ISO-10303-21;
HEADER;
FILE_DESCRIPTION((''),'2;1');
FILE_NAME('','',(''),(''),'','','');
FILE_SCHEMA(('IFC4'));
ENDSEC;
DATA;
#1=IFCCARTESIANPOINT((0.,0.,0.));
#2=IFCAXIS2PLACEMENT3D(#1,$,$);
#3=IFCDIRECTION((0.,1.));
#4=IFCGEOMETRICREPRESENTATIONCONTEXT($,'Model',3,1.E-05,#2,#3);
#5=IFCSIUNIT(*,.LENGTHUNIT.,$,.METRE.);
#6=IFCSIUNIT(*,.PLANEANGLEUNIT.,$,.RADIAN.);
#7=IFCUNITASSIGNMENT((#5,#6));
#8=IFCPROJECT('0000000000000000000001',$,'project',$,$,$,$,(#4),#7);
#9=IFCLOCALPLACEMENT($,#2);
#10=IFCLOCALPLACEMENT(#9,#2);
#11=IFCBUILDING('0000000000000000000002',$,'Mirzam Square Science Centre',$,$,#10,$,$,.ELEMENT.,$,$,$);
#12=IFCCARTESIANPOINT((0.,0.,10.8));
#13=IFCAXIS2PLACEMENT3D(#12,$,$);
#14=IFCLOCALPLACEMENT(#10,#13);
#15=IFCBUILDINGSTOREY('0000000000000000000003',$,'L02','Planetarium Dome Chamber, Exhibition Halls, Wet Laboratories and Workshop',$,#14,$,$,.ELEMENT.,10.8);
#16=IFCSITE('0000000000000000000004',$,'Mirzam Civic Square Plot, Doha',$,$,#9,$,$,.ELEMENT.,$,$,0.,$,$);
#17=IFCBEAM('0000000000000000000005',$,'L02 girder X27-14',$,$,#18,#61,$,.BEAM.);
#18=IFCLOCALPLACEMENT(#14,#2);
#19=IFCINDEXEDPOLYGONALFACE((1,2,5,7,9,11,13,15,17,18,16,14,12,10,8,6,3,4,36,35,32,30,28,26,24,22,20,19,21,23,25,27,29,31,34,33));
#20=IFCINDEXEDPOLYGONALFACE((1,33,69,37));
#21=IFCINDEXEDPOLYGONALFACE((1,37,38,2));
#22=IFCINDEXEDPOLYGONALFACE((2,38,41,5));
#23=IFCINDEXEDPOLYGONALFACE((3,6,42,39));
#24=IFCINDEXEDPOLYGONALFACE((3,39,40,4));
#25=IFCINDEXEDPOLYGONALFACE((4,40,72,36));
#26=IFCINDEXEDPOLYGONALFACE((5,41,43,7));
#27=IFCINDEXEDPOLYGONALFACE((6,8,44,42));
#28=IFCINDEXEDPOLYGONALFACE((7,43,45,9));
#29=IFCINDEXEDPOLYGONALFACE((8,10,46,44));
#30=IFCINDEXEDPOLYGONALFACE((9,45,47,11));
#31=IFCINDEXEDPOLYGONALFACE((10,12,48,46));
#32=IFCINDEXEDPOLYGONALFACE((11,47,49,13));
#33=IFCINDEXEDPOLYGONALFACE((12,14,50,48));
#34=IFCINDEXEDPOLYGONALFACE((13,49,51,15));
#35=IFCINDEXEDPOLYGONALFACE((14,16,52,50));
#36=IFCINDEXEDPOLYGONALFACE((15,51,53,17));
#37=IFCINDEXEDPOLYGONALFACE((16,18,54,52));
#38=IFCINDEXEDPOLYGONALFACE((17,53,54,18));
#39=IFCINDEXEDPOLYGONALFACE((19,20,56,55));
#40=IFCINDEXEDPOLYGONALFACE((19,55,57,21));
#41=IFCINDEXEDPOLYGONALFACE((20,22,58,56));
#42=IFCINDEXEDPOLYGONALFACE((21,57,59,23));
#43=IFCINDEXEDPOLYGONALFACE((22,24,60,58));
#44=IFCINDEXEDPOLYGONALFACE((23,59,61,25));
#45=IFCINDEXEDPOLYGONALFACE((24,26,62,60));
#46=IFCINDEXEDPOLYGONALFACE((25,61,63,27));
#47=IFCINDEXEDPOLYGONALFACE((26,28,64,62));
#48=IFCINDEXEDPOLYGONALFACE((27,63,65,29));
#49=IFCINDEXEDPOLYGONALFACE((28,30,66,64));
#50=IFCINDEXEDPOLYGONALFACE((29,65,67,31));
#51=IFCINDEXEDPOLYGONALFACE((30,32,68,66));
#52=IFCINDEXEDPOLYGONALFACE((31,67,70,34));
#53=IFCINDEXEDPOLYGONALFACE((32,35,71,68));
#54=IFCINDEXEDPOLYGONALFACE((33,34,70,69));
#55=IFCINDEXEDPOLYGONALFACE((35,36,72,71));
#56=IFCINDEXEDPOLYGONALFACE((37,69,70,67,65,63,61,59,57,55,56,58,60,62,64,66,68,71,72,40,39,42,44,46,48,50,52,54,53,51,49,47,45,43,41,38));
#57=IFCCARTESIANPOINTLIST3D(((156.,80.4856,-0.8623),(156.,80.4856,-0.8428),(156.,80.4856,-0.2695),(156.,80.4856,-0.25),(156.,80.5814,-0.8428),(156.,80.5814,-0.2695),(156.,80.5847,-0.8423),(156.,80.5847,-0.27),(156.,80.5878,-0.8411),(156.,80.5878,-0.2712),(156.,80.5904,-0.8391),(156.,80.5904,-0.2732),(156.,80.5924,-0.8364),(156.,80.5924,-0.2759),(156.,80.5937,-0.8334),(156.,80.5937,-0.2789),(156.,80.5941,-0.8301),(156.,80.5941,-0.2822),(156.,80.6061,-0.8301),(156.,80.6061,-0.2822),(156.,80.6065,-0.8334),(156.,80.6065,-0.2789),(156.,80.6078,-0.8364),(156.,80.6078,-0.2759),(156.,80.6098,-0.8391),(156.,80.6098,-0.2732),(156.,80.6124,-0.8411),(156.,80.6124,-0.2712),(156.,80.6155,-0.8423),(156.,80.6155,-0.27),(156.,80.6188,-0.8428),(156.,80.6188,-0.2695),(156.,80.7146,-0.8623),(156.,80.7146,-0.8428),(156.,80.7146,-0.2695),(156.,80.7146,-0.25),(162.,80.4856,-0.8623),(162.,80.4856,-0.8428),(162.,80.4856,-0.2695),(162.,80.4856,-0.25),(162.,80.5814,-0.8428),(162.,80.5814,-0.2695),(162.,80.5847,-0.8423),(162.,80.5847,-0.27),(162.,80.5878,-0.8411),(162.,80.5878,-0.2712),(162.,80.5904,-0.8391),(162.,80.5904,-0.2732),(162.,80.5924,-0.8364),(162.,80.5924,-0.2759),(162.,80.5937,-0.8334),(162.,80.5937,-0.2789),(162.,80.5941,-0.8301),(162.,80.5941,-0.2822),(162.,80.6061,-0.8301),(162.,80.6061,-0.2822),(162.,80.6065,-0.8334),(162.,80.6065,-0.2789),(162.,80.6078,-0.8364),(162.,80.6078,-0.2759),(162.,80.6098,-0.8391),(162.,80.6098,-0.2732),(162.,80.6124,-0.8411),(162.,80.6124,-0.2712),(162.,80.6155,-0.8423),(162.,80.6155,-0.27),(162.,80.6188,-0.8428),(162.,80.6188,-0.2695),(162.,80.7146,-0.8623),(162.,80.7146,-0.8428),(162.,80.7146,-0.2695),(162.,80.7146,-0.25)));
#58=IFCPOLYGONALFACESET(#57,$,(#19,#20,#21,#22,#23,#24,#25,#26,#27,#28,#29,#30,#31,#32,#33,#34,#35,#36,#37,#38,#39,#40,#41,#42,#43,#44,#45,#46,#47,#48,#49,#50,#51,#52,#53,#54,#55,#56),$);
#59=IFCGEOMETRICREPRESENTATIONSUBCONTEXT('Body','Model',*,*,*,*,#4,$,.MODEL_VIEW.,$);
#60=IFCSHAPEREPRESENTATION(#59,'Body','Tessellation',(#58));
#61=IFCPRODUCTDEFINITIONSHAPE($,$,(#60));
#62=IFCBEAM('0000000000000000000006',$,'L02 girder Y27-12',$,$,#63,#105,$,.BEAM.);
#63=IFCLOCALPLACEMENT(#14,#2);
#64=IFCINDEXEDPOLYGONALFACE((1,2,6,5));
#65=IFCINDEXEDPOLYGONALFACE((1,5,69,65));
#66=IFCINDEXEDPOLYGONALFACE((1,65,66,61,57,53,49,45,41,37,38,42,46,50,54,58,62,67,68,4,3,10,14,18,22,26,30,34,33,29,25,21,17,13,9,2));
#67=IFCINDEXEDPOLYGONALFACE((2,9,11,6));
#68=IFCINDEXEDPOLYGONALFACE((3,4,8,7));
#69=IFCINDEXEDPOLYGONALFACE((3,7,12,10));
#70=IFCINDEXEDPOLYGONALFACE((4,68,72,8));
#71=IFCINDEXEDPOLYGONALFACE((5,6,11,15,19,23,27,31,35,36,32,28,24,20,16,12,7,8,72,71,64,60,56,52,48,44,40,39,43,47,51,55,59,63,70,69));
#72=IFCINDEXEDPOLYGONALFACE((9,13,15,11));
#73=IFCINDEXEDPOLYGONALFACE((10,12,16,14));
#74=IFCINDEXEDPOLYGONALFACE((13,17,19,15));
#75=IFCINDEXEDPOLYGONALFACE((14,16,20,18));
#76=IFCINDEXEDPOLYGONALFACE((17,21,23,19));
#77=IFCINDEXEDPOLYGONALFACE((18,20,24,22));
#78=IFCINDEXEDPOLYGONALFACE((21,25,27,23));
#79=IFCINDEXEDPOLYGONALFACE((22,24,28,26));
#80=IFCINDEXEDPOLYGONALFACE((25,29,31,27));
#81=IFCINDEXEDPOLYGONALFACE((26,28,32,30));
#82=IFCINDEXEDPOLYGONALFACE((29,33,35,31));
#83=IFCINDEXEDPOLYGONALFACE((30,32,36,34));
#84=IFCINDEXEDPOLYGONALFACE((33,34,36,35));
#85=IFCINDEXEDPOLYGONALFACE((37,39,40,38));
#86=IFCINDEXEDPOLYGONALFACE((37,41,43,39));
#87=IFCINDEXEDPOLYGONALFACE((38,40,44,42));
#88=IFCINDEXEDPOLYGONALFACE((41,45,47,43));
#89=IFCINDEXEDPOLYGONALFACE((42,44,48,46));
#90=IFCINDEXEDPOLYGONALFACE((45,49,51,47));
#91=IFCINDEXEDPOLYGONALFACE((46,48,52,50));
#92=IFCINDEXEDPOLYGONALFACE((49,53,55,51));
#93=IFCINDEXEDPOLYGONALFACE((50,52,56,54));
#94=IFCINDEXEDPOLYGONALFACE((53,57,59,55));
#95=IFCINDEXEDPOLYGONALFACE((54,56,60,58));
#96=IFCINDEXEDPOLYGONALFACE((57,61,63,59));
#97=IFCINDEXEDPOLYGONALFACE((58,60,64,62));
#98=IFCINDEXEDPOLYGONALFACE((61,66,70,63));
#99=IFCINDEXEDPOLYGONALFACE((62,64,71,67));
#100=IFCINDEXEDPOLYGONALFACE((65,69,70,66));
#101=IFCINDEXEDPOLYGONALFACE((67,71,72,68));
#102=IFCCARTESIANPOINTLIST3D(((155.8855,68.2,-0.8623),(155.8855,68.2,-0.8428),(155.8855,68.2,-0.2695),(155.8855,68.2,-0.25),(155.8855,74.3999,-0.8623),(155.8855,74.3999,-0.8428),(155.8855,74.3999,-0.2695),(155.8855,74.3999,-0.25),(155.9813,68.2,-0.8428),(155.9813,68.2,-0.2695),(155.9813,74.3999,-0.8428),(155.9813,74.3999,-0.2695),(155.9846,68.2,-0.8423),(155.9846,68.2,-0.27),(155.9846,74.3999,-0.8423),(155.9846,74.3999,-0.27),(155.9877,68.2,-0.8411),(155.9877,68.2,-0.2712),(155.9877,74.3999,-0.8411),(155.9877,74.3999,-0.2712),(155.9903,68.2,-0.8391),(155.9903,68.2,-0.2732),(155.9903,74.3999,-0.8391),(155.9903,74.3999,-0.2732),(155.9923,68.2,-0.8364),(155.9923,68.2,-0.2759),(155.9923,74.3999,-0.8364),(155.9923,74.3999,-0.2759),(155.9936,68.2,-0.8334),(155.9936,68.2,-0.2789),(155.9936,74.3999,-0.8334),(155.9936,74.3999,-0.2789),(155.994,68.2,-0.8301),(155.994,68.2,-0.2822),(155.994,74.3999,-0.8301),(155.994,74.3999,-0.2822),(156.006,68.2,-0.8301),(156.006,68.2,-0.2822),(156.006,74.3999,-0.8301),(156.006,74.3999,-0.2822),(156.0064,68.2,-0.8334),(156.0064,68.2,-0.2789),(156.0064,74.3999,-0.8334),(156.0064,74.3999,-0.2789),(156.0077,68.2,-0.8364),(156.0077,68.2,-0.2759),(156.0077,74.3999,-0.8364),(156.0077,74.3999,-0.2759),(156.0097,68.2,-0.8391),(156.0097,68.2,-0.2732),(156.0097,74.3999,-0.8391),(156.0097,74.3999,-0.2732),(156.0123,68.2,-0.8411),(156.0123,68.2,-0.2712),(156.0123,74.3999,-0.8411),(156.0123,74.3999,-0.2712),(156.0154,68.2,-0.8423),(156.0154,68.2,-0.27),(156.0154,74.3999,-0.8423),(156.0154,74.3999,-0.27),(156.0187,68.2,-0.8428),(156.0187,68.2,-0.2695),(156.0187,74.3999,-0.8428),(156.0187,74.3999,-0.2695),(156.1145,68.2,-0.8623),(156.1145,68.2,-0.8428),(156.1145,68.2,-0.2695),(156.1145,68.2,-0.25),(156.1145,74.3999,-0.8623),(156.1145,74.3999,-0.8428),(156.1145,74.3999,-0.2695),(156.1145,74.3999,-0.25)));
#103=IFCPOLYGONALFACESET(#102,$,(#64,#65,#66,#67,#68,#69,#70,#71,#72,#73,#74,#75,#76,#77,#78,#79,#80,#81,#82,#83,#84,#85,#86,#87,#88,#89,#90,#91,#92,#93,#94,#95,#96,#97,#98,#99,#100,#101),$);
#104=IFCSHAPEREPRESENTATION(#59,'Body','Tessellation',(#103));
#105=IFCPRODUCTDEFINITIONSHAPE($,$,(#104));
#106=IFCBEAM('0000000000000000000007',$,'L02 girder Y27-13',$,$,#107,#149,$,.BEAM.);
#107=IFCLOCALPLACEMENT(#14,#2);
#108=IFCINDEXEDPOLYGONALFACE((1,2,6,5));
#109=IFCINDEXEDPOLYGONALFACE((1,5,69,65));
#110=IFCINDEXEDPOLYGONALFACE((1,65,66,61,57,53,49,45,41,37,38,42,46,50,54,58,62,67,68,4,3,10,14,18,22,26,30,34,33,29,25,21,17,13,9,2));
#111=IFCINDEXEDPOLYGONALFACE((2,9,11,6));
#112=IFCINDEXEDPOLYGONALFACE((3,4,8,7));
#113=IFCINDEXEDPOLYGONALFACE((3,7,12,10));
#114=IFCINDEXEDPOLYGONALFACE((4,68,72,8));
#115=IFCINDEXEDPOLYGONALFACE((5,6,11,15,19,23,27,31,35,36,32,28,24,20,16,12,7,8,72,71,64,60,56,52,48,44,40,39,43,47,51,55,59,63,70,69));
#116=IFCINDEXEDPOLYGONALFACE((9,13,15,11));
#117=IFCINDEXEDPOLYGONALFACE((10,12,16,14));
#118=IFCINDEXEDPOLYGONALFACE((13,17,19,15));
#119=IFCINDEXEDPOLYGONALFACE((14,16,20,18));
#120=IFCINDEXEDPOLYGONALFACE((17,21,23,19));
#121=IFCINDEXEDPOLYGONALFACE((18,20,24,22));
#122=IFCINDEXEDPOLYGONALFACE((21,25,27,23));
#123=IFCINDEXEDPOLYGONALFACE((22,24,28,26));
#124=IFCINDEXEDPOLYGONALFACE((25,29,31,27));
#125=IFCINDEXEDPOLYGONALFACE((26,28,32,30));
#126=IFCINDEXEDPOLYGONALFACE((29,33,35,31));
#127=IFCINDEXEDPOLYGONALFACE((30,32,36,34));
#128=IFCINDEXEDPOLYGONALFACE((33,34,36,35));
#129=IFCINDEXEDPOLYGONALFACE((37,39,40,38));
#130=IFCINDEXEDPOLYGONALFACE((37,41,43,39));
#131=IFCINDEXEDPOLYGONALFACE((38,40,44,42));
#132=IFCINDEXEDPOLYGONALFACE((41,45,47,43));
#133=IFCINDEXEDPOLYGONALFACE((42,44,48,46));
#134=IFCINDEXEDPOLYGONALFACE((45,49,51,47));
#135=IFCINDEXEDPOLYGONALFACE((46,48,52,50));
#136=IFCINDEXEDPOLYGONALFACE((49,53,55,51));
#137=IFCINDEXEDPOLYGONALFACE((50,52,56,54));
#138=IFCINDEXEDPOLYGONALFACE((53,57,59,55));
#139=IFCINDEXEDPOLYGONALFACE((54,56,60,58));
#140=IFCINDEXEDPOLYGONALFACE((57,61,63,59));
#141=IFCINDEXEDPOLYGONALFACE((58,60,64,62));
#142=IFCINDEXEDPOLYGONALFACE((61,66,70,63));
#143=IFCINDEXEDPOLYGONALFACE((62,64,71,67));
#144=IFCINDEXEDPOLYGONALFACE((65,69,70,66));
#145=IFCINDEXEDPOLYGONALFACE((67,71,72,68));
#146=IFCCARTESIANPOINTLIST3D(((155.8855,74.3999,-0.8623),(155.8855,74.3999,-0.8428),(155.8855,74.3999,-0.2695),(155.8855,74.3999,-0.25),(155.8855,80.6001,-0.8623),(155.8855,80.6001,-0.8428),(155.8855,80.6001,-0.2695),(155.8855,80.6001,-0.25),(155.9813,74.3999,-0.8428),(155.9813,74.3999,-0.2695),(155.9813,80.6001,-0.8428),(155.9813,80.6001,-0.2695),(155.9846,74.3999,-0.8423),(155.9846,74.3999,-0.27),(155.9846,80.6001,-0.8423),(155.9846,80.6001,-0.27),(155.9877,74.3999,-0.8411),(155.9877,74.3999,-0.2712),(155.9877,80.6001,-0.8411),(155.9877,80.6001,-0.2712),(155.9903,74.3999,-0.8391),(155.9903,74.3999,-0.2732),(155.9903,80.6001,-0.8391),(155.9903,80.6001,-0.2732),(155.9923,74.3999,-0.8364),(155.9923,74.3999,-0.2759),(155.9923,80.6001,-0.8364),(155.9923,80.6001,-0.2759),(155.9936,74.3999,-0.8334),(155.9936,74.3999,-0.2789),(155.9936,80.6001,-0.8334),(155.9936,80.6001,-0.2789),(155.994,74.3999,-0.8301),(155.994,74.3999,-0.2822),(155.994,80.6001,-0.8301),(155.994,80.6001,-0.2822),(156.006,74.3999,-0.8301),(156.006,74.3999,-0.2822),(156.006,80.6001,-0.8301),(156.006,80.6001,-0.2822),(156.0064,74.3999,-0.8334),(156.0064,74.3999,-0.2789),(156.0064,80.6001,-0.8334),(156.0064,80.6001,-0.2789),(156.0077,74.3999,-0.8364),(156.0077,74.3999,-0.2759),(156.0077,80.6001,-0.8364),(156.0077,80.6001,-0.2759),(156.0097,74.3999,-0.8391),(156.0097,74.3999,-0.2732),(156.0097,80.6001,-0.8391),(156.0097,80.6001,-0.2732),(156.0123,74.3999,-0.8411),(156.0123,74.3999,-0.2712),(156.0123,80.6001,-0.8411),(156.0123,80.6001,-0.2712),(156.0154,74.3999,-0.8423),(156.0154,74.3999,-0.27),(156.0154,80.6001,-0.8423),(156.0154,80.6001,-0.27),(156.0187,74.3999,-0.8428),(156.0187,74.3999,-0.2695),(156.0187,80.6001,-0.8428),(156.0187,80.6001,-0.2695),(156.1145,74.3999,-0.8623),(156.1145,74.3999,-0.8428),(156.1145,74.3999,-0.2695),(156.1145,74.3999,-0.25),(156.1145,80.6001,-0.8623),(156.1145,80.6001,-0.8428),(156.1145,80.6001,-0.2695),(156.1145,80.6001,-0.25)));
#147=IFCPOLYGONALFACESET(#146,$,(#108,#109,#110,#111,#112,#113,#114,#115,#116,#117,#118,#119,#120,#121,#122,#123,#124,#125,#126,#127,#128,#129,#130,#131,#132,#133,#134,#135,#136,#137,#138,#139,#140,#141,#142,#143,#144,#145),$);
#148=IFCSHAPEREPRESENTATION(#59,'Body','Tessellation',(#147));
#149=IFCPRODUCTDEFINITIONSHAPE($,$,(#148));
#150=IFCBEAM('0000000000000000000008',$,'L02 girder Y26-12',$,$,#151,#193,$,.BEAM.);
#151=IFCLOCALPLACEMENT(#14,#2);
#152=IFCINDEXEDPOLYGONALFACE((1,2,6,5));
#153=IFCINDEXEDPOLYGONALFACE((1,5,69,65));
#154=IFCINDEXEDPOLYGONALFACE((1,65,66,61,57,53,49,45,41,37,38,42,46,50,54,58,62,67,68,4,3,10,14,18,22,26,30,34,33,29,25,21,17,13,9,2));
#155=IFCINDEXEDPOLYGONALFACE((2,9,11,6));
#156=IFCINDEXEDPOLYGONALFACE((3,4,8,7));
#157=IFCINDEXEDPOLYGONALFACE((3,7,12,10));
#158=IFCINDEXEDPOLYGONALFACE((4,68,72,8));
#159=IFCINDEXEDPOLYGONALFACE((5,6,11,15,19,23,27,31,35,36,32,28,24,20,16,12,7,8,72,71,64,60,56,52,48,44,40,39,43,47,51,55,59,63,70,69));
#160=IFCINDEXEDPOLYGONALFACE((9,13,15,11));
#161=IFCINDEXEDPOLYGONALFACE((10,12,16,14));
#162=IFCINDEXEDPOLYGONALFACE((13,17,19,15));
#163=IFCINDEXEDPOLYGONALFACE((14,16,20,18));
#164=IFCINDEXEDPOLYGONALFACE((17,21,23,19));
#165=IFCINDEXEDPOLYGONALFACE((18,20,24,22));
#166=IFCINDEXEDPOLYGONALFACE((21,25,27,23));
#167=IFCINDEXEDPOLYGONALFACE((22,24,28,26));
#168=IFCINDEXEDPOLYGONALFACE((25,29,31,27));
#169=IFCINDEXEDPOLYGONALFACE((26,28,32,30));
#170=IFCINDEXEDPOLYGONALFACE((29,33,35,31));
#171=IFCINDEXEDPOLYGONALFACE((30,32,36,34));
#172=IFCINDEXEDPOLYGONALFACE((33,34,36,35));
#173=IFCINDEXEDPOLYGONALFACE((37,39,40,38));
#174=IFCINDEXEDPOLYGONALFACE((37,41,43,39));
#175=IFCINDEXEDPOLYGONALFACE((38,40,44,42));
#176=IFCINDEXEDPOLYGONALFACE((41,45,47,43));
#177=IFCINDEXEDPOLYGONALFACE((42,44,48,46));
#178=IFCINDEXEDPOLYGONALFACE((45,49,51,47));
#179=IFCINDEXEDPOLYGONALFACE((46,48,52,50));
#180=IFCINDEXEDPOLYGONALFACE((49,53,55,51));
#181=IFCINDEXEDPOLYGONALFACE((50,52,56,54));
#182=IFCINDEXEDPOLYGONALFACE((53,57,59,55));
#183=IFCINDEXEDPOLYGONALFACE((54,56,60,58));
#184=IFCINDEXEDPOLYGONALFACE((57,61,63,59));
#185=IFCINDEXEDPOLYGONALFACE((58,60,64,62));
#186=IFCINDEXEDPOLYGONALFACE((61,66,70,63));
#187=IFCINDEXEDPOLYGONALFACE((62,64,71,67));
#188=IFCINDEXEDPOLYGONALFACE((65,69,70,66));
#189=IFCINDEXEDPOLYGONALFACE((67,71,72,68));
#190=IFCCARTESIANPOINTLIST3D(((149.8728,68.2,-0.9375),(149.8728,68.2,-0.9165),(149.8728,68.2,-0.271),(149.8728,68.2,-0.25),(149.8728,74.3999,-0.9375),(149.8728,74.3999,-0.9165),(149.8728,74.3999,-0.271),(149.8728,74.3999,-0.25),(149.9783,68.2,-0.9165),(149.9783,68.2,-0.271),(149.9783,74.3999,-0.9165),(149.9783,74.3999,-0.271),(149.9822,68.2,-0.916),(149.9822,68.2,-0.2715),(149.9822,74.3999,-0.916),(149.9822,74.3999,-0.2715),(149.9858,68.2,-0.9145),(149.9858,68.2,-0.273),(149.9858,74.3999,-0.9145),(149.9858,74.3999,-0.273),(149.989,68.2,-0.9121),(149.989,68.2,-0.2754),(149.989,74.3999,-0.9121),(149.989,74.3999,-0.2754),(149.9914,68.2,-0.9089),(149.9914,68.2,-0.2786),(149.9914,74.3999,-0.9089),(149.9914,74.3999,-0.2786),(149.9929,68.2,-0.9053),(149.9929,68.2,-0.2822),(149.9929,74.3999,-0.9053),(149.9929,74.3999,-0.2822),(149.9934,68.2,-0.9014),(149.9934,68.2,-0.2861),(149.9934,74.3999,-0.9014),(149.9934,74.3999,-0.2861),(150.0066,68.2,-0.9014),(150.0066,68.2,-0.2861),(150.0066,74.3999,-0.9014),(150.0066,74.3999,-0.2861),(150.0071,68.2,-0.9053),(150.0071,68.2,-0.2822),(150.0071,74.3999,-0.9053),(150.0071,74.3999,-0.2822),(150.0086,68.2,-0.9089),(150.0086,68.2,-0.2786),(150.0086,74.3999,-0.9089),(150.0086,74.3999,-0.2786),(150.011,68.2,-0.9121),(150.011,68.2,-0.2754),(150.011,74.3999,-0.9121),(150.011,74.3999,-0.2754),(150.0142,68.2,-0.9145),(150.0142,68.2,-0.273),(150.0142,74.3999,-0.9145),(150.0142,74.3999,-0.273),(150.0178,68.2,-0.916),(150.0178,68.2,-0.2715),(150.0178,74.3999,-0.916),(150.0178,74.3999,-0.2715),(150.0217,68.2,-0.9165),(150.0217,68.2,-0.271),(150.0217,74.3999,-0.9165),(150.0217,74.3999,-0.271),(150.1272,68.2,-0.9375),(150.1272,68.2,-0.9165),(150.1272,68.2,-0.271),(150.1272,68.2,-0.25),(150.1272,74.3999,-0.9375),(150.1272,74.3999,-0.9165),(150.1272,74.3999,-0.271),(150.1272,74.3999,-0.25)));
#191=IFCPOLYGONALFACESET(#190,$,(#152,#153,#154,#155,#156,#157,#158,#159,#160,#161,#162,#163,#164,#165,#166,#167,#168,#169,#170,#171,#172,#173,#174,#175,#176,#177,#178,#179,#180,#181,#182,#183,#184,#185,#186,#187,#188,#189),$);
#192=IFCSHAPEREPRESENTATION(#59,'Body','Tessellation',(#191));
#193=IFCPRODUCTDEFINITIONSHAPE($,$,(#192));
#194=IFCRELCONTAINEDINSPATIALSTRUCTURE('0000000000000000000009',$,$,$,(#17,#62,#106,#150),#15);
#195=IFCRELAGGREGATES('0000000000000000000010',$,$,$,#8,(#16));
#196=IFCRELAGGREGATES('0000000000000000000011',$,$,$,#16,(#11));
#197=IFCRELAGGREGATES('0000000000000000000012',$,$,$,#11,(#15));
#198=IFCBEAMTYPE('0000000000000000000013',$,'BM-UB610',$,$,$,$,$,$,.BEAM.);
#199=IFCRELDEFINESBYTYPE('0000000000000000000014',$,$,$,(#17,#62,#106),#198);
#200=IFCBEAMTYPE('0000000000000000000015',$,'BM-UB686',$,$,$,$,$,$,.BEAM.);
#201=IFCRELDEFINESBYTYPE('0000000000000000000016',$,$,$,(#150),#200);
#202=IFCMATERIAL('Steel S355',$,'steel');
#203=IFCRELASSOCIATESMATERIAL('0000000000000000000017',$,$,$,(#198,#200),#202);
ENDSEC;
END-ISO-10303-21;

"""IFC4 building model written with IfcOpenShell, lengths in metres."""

from ifc_helpers import new_model, si_unit, direction, frame, origin, origin_2d, place, context, subcontext, project, spatial, i_section, extrude, material, material_profile, profile_set, type_object, element, save


model = new_model("IFC4")

# Units and contexts
model_context = context("Model", 3, precision=1e-05, world=origin(), true_north=direction((0.0, 1.0)))
body_context = subcontext(model_context, "Body", "Model", "MODEL_VIEW")
ifc_project = project(units=[si_unit("LENGTHUNIT", "METRE"), si_unit("PLANEANGLEUNIT", "RADIAN")], contexts=[model_context])

# Site, building, storey
site_placement = place(None, origin())
site = spatial("IfcSite", under=ifc_project, at=site_placement, Name="Mirzam Civic Square Plot, Doha", CompositionType="ELEMENT", RefElevation=0.0)
building_placement = place(site_placement, origin())
building = spatial("IfcBuilding", under=site, at=building_placement, Name="Mirzam Square Science Centre", CompositionType="ELEMENT")
storey_placement = place(building_placement, frame((0.0, 0.0, 10.8)))
storey = spatial("IfcBuildingStorey", under=building, at=storey_placement, Name="L02", Description="Planetarium Dome Chamber, Exhibition Halls, Wet Laboratories and Workshop", CompositionType="ELEMENT", Elevation=10.8)

# Shared definitions
ifc_material_1 = material(Name="Steel S355", Category="steel")

# Beams
ifc_material_profile_1 = material_profile(ifc_material_1, i_section(OverallWidth=0.229, OverallDepth=0.6123, WebThickness=0.012, FlangeThickness=0.0195, FilletRadius=0.0127, at=origin_2d()), Name="610x229x125UB")
ifc_profile_set_1 = profile_set([ifc_material_profile_1], Name="Steel S355")
beam_type_1 = type_object("IfcBeamType", Name="BM-UB610", PredefinedType="BEAM", material=ifc_profile_set_1)
for number, where, z_axis, x_axis, name in (
    (1, (156.0, 80.6001, -0.5562), (1.0, 0.0, 0.0), (0.0, 1.0, 0.0), "L02 girder X27-14"),
):
    element("IfcBeam", number, at=place(storey_placement, frame(where, z_axis=z_axis, x_axis=x_axis)), inside=storey, type_object=beam_type_1, Name=name, PredefinedType="BEAM", context=body_context, shape_type="SweptSolid", body=[
        extrude(i_section(OverallWidth=0.229, OverallDepth=0.6123, WebThickness=0.012, FlangeThickness=0.0195, FilletRadius=0.0127, at=origin_2d()), origin(), (0.0, 0.0, 1.0), 6.0),
    ])
beam_1_placement = place(storey_placement, frame((156.0, 68.2, -0.5562), z_axis=(0.0, 1.0, 0.0), x_axis=(-1.0, 0.0, 0.0)))
element("IfcBeam", 2, at=beam_1_placement, inside=storey, type_object=beam_type_1, Name="L02 girder Y27-12", PredefinedType="BEAM", context=body_context, shape_type="SweptSolid", body=[
    extrude(i_section(OverallWidth=0.229, OverallDepth=0.6123, WebThickness=0.012, FlangeThickness=0.0195, FilletRadius=0.0127, at=origin_2d()), origin(), (0.0, 0.0, 1.0), 6.2),
])
beam_2_placement = place(storey_placement, frame((156.0, 74.3999, -0.5562), z_axis=(0.0, 1.0, 0.0), x_axis=(-1.0, 0.0, 0.0)))
element("IfcBeam", 3, at=beam_2_placement, inside=storey, type_object=beam_type_1, Name="L02 girder Y27-13", PredefinedType="BEAM", context=body_context, shape_type="SweptSolid", body=[
    extrude(i_section(OverallWidth=0.229, OverallDepth=0.6123, WebThickness=0.012, FlangeThickness=0.0195, FilletRadius=0.0127, at=origin_2d()), origin(), (0.0, 0.0, 1.0), 6.2002),
])
ifc_material_profile_2 = material_profile(ifc_material_1, i_section(OverallWidth=0.2544, OverallDepth=0.6875, WebThickness=0.0132, FlangeThickness=0.021, FilletRadius=0.0151, at=origin_2d()), Name="686x254x152UB")
ifc_profile_set_2 = profile_set([ifc_material_profile_2], Name="Steel S355")
beam_type_2 = type_object("IfcBeamType", Name="BM-UB686", PredefinedType="BEAM", material=ifc_profile_set_2)
for number, where, z_axis, x_axis, name in (
    (4, (150.0, 68.2, -0.5938), (0.0, 1.0, 0.0), (-1.0, 0.0, 0.0), "L02 girder Y26-12"),
):
    element("IfcBeam", number, at=place(storey_placement, frame(where, z_axis=z_axis, x_axis=x_axis)), inside=storey, type_object=beam_type_2, Name=name, PredefinedType="BEAM", context=body_context, shape_type="SweptSolid", body=[
        extrude(i_section(OverallWidth=0.2544, OverallDepth=0.6875, WebThickness=0.0132, FlangeThickness=0.021, FilletRadius=0.0151, at=origin_2d()), origin(), (0.0, 0.0, 1.0), 6.2),
    ])

save(model, "model.ifc")
